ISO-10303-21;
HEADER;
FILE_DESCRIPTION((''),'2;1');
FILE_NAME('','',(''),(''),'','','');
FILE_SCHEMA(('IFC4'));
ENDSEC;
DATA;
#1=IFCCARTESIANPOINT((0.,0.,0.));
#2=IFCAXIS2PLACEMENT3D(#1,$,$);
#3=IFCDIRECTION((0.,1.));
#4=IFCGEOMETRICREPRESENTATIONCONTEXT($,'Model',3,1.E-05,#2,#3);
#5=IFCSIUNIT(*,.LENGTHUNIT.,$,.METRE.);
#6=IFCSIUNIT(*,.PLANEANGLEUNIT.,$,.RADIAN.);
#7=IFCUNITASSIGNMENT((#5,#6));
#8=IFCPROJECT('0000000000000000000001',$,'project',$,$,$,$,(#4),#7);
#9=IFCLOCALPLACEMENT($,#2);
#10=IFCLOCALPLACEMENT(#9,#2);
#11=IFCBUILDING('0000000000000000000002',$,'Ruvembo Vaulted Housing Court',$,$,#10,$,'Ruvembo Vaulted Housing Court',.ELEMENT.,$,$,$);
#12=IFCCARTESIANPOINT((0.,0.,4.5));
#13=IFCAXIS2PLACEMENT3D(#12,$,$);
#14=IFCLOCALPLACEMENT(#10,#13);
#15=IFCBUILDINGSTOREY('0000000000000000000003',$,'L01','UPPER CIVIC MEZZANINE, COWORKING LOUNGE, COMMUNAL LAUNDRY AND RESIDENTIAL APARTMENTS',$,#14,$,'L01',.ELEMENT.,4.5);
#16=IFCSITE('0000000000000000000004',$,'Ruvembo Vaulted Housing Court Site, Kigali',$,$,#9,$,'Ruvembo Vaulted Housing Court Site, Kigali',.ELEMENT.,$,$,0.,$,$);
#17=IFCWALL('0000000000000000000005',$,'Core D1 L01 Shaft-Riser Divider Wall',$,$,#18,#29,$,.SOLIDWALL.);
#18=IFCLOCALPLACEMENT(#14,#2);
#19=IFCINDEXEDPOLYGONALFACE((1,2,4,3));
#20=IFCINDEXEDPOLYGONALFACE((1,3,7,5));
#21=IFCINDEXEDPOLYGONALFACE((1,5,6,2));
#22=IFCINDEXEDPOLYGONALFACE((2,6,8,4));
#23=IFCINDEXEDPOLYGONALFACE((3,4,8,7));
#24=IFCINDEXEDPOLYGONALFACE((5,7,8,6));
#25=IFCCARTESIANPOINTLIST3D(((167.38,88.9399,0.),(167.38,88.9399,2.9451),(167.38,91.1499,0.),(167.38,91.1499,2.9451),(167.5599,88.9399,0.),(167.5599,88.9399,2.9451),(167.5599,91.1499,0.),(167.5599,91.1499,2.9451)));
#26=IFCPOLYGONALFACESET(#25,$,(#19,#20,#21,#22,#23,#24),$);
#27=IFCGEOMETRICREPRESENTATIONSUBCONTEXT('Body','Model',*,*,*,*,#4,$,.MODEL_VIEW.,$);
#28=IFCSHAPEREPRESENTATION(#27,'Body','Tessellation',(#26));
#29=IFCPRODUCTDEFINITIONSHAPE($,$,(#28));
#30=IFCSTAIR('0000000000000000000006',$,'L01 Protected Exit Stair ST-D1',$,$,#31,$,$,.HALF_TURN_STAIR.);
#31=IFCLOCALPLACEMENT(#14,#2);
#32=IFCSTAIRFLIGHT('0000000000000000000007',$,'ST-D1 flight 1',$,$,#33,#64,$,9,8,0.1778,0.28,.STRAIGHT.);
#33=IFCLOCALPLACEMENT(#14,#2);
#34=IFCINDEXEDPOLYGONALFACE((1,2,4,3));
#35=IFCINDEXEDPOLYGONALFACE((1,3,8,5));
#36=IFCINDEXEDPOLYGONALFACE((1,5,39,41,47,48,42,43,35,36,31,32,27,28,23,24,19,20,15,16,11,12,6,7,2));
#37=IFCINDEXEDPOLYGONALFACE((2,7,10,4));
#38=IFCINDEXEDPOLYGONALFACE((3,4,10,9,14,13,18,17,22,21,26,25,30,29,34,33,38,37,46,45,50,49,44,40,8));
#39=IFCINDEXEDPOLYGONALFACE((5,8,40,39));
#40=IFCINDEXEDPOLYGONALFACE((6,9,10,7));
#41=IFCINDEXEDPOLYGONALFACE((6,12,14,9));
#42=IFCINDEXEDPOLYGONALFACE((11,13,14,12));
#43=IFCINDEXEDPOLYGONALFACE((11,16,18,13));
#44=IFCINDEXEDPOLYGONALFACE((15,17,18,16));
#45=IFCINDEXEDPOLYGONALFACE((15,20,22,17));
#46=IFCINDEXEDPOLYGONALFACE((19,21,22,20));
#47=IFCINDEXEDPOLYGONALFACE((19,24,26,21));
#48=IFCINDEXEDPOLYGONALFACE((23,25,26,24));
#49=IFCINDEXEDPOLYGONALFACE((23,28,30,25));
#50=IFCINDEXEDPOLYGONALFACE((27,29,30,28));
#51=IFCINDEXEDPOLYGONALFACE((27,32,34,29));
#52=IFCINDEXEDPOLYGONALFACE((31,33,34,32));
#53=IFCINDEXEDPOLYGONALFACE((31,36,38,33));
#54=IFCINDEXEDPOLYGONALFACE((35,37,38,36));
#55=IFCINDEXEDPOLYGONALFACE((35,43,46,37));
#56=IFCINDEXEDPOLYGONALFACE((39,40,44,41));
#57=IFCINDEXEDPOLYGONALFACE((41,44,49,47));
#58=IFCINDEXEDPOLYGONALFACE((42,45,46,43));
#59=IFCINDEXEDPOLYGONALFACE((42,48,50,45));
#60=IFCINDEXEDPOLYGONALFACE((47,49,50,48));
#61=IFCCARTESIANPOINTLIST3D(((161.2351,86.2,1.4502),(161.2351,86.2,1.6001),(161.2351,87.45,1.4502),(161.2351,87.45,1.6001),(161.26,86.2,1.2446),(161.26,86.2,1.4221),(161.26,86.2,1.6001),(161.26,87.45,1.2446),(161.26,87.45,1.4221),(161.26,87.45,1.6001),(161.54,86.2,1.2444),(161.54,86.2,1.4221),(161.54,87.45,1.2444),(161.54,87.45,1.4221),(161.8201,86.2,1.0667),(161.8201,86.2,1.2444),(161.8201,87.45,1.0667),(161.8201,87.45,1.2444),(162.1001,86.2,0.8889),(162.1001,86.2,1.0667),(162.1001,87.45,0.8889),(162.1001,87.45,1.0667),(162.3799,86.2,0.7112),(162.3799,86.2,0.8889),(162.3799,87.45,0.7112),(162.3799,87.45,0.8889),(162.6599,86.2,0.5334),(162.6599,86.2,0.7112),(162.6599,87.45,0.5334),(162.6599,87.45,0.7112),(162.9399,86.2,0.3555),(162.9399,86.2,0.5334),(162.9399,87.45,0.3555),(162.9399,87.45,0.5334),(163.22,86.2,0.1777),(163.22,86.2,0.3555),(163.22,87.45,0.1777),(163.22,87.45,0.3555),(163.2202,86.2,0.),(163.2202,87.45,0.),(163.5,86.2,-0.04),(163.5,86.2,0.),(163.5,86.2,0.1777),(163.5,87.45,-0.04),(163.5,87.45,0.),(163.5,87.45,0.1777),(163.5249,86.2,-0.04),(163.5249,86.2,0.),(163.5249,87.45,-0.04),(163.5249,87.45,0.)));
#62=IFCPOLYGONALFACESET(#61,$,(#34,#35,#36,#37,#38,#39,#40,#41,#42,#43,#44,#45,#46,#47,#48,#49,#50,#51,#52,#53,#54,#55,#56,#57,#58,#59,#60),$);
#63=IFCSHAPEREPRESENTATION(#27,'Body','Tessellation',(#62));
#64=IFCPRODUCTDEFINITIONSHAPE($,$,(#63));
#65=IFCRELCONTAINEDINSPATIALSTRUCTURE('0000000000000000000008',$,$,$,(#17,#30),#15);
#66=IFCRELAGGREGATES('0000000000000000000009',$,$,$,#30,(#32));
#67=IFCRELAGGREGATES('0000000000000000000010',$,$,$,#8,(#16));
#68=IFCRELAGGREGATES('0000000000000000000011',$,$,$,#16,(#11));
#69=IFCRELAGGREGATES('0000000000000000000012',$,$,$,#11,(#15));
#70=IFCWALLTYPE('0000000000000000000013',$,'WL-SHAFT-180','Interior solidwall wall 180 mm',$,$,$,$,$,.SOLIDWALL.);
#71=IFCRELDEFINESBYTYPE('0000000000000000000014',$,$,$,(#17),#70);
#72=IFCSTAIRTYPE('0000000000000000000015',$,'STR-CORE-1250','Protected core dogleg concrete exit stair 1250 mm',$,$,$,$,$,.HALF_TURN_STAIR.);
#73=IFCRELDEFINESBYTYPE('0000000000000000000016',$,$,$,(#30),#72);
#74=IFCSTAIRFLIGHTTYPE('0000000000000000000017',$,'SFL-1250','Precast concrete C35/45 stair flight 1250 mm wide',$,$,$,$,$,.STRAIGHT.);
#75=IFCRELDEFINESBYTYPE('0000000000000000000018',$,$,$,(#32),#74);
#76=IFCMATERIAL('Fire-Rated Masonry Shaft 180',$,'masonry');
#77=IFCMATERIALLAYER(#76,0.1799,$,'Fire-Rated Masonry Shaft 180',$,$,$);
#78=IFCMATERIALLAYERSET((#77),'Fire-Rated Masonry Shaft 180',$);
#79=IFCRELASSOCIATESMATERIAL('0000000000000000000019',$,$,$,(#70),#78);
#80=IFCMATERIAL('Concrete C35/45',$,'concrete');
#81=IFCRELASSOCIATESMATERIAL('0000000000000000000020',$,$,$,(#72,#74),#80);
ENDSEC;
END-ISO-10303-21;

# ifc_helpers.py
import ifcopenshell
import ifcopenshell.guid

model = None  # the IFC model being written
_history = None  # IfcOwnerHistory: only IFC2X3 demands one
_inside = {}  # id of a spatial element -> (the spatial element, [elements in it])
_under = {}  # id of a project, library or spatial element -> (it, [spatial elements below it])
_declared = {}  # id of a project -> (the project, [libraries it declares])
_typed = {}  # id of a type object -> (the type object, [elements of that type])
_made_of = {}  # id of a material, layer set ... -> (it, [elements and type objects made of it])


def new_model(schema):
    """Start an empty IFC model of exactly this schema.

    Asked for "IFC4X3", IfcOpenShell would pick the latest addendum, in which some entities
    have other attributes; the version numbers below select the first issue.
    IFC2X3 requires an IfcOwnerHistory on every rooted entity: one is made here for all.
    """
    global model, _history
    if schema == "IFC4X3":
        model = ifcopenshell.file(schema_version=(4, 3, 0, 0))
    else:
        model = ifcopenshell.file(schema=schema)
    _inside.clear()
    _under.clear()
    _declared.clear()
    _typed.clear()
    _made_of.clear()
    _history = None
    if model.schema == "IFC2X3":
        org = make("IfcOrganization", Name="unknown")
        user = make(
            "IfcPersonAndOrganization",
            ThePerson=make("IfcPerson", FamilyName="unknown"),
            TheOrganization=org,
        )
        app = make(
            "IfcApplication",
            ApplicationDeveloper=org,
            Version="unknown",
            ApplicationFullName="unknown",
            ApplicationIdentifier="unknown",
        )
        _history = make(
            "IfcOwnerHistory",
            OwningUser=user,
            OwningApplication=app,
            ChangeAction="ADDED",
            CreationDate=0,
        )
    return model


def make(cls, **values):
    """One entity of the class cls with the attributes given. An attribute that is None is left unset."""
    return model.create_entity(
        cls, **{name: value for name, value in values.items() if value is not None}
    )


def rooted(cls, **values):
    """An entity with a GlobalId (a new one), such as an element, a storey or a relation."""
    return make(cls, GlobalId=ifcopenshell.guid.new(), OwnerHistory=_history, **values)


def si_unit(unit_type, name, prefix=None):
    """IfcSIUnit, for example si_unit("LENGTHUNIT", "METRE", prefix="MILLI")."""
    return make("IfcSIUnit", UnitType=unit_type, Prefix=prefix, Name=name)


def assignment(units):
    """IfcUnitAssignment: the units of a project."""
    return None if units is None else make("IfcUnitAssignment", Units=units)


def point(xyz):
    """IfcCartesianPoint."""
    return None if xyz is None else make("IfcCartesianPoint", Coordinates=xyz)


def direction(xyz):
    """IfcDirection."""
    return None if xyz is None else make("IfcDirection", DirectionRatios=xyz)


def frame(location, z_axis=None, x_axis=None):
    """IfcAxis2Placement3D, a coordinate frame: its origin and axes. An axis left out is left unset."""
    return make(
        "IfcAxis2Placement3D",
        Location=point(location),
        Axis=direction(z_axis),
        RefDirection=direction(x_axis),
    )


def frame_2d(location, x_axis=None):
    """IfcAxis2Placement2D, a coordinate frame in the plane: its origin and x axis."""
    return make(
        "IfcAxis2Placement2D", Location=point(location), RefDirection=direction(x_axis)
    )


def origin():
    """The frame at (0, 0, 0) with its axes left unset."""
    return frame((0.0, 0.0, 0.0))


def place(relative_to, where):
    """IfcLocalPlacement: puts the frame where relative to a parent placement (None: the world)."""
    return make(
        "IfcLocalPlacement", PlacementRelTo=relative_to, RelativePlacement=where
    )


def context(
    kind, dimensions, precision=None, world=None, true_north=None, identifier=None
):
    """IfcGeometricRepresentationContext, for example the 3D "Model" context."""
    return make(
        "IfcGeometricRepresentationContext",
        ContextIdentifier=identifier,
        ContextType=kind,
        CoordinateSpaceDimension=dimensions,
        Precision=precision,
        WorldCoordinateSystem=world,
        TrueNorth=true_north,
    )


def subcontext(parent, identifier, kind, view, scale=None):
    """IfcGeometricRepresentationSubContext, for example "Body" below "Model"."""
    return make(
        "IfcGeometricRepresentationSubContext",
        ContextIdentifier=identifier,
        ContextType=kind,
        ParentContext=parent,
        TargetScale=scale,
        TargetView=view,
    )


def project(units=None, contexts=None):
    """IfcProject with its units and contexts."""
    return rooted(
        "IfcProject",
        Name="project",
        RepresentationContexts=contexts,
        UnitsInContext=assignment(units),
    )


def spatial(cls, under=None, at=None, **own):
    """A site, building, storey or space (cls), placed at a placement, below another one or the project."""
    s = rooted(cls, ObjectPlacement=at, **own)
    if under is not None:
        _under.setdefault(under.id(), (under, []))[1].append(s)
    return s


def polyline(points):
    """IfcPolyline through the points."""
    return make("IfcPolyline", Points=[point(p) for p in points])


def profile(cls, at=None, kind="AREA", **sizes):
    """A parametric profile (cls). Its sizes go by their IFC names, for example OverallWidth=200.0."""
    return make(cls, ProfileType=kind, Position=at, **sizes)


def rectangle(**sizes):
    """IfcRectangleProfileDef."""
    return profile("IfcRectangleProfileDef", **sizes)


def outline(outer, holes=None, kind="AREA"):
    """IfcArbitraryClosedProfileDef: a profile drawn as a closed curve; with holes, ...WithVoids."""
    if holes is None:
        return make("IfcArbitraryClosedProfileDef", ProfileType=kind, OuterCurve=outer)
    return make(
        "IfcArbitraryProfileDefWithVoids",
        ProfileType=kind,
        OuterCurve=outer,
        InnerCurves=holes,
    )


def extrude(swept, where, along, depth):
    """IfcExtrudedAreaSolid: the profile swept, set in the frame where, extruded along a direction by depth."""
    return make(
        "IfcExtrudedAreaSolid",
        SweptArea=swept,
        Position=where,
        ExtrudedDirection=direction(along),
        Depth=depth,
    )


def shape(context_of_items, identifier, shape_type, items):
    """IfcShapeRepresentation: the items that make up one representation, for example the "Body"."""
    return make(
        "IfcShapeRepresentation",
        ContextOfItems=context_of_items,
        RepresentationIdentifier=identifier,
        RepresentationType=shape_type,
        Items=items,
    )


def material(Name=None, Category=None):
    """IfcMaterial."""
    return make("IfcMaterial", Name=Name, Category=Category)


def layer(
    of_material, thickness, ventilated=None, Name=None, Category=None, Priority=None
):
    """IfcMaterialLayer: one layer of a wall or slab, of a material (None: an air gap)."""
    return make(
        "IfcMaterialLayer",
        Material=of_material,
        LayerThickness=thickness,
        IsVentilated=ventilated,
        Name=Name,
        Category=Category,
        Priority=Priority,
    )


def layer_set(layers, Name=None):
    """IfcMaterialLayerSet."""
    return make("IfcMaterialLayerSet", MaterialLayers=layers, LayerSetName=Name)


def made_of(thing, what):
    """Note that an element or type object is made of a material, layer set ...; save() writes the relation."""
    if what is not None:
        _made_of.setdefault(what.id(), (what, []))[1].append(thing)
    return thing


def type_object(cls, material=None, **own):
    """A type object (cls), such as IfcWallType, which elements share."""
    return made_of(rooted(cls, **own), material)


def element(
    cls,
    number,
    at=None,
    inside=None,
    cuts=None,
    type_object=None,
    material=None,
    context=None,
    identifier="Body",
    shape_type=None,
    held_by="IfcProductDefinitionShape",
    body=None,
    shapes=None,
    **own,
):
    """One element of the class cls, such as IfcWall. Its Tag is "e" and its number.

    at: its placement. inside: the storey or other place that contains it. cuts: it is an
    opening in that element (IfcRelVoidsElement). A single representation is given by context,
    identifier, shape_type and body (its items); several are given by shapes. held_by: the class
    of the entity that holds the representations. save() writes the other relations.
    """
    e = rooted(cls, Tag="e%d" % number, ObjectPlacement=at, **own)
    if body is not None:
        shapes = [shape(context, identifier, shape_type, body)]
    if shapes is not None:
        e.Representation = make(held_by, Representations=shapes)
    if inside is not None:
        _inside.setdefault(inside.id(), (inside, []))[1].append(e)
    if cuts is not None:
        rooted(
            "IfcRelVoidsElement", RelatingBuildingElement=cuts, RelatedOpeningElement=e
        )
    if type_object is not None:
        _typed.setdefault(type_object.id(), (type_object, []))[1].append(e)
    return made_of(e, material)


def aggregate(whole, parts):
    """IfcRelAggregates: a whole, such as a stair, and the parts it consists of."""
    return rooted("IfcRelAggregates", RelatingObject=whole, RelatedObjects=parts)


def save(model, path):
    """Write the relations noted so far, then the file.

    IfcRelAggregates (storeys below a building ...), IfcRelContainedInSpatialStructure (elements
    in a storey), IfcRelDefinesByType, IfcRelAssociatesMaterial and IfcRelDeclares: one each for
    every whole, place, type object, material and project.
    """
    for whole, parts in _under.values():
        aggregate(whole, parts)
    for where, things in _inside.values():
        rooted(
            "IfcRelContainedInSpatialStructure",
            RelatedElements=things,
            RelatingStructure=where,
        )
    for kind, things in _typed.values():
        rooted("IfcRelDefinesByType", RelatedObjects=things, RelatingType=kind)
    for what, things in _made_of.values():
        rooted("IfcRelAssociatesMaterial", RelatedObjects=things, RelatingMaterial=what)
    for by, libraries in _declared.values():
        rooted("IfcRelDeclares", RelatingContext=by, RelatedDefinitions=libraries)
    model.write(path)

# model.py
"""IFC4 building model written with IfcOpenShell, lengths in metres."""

from ifc_helpers import new_model, si_unit, direction, frame, frame_2d, origin, place, context, subcontext, project, spatial, polyline, rectangle, outline, extrude, material, layer, layer_set, type_object, element, aggregate, save


model = new_model("IFC4")

# Units and contexts
model_context = context("Model", 3, precision=1e-05, world=origin(), true_north=direction((0.0, 1.0)))
body_context = subcontext(model_context, "Body", "Model", "MODEL_VIEW")
ifc_project = project(units=[si_unit("LENGTHUNIT", "METRE"), si_unit("PLANEANGLEUNIT", "RADIAN")], contexts=[model_context])

# Site, building, storey
site_placement = place(None, origin())
site = spatial("IfcSite", under=ifc_project, at=site_placement, Name="Ruvembo Vaulted Housing Court Site, Kigali", LongName="Ruvembo Vaulted Housing Court Site, Kigali", CompositionType="ELEMENT", RefElevation=0.0)
building_placement = place(site_placement, origin())
building = spatial("IfcBuilding", under=site, at=building_placement, Name="Ruvembo Vaulted Housing Court", LongName="Ruvembo Vaulted Housing Court", CompositionType="ELEMENT")
storey_placement = place(building_placement, frame((0.0, 0.0, 4.5)))
storey = spatial("IfcBuildingStorey", under=building, at=storey_placement, Name="L01", Description="UPPER CIVIC MEZZANINE, COWORKING LOUNGE, COMMUNAL LAUNDRY AND RESIDENTIAL APARTMENTS", LongName="L01", CompositionType="ELEMENT", Elevation=4.5)

# Shared definitions
ifc_material_1 = material(Name="Concrete C35/45", Category="concrete")

# Shared definitions
ifc_material_2 = material(Name="Fire-Rated Masonry Shaft 180", Category="masonry")
ifc_layer_1 = layer(ifc_material_2, 0.1799, Name="Fire-Rated Masonry Shaft 180")
ifc_layer_set_1 = layer_set([ifc_layer_1], Name="Fire-Rated Masonry Shaft 180")
wall_type_1 = type_object("IfcWallType", Name="WL-SHAFT-180", Description="Interior solidwall wall 180 mm", PredefinedType="SOLIDWALL", material=ifc_layer_set_1)

# Wall
wall_1_placement = place(storey_placement, frame((167.47, 88.9399, 0.0), z_axis=(0.0, 0.0, 1.0), x_axis=(0.0, 1.0, 0.0)))
element("IfcWall", 1, at=wall_1_placement, inside=storey, type_object=wall_type_1, Name="Core D1 L01 Shaft-Riser Divider Wall", PredefinedType="SOLIDWALL", context=body_context, shape_type="SweptSolid", body=[
    extrude(rectangle(XDim=2.21, YDim=0.1799, at=frame_2d((1.105, 0.0))), origin(), (0.0, 0.0, 1.0), 2.9451),
])

# Stair, stair flight
stair_type = type_object("IfcStairType", Name="STR-CORE-1250", Description="Protected core dogleg concrete exit stair 1250 mm", PredefinedType="HALF_TURN_STAIR", material=ifc_material_1)
stair_placement = place(storey_placement, origin())
stair = element("IfcStair", 2, at=stair_placement, inside=storey, type_object=stair_type, Name="L01 Protected Exit Stair ST-D1", PredefinedType="HALF_TURN_STAIR")
stair_flight_type = type_object("IfcStairFlightType", Name="SFL-1250", Description="Precast concrete C35/45 stair flight 1250 mm wide", PredefinedType="STRAIGHT", material=ifc_material_1)
stair_flight_placement = place(storey_placement, frame((163.5, 86.825, 0.0), z_axis=(0.0, 0.0, 1.0), x_axis=(-1.0, 0.0, 0.0)))
stair_flight = element("IfcStairFlight", 3, at=stair_flight_placement, type_object=stair_flight_type, Name="ST-D1 flight 1", NumberOfRisers=9, NumberOfTreads=8, PredefinedType="STRAIGHT", RiserHeight=0.1778, TreadLength=0.28, context=body_context, shape_type="SweptSolid", body=[
    extrude(outline(polyline([(-0.0249, -0.04), (-0.0249, 0.0), (0.0, 0.0), (0.0, 0.1777), (0.28, 0.1777), (0.28, 0.3555), (0.5601, 0.3555), (0.5601, 0.5334), (0.8401, 0.5334), (0.8401, 0.7112), (1.1201, 0.7112), (1.1201, 0.8889), (1.3999, 0.8889), (1.3999, 1.0667), (1.6799, 1.0667), (1.6799, 1.2444), (1.96, 1.2444), (1.96, 1.4221), (2.24, 1.4221), (2.24, 1.6001), (2.2649, 1.6001), (2.2649, 1.4502), (2.24, 1.2446), (0.2798, 0.0), (0.0, -0.04), (-0.0249, -0.04)])), frame((0.0, 0.625, 0.0), z_axis=(0.0, -1.0, 0.0), x_axis=(1.0, 0.0, 0.0)), (0.0, 0.0, 1.0), 1.25),
])
aggregate(stair, [stair_flight])

save(model, "model.ifc")
